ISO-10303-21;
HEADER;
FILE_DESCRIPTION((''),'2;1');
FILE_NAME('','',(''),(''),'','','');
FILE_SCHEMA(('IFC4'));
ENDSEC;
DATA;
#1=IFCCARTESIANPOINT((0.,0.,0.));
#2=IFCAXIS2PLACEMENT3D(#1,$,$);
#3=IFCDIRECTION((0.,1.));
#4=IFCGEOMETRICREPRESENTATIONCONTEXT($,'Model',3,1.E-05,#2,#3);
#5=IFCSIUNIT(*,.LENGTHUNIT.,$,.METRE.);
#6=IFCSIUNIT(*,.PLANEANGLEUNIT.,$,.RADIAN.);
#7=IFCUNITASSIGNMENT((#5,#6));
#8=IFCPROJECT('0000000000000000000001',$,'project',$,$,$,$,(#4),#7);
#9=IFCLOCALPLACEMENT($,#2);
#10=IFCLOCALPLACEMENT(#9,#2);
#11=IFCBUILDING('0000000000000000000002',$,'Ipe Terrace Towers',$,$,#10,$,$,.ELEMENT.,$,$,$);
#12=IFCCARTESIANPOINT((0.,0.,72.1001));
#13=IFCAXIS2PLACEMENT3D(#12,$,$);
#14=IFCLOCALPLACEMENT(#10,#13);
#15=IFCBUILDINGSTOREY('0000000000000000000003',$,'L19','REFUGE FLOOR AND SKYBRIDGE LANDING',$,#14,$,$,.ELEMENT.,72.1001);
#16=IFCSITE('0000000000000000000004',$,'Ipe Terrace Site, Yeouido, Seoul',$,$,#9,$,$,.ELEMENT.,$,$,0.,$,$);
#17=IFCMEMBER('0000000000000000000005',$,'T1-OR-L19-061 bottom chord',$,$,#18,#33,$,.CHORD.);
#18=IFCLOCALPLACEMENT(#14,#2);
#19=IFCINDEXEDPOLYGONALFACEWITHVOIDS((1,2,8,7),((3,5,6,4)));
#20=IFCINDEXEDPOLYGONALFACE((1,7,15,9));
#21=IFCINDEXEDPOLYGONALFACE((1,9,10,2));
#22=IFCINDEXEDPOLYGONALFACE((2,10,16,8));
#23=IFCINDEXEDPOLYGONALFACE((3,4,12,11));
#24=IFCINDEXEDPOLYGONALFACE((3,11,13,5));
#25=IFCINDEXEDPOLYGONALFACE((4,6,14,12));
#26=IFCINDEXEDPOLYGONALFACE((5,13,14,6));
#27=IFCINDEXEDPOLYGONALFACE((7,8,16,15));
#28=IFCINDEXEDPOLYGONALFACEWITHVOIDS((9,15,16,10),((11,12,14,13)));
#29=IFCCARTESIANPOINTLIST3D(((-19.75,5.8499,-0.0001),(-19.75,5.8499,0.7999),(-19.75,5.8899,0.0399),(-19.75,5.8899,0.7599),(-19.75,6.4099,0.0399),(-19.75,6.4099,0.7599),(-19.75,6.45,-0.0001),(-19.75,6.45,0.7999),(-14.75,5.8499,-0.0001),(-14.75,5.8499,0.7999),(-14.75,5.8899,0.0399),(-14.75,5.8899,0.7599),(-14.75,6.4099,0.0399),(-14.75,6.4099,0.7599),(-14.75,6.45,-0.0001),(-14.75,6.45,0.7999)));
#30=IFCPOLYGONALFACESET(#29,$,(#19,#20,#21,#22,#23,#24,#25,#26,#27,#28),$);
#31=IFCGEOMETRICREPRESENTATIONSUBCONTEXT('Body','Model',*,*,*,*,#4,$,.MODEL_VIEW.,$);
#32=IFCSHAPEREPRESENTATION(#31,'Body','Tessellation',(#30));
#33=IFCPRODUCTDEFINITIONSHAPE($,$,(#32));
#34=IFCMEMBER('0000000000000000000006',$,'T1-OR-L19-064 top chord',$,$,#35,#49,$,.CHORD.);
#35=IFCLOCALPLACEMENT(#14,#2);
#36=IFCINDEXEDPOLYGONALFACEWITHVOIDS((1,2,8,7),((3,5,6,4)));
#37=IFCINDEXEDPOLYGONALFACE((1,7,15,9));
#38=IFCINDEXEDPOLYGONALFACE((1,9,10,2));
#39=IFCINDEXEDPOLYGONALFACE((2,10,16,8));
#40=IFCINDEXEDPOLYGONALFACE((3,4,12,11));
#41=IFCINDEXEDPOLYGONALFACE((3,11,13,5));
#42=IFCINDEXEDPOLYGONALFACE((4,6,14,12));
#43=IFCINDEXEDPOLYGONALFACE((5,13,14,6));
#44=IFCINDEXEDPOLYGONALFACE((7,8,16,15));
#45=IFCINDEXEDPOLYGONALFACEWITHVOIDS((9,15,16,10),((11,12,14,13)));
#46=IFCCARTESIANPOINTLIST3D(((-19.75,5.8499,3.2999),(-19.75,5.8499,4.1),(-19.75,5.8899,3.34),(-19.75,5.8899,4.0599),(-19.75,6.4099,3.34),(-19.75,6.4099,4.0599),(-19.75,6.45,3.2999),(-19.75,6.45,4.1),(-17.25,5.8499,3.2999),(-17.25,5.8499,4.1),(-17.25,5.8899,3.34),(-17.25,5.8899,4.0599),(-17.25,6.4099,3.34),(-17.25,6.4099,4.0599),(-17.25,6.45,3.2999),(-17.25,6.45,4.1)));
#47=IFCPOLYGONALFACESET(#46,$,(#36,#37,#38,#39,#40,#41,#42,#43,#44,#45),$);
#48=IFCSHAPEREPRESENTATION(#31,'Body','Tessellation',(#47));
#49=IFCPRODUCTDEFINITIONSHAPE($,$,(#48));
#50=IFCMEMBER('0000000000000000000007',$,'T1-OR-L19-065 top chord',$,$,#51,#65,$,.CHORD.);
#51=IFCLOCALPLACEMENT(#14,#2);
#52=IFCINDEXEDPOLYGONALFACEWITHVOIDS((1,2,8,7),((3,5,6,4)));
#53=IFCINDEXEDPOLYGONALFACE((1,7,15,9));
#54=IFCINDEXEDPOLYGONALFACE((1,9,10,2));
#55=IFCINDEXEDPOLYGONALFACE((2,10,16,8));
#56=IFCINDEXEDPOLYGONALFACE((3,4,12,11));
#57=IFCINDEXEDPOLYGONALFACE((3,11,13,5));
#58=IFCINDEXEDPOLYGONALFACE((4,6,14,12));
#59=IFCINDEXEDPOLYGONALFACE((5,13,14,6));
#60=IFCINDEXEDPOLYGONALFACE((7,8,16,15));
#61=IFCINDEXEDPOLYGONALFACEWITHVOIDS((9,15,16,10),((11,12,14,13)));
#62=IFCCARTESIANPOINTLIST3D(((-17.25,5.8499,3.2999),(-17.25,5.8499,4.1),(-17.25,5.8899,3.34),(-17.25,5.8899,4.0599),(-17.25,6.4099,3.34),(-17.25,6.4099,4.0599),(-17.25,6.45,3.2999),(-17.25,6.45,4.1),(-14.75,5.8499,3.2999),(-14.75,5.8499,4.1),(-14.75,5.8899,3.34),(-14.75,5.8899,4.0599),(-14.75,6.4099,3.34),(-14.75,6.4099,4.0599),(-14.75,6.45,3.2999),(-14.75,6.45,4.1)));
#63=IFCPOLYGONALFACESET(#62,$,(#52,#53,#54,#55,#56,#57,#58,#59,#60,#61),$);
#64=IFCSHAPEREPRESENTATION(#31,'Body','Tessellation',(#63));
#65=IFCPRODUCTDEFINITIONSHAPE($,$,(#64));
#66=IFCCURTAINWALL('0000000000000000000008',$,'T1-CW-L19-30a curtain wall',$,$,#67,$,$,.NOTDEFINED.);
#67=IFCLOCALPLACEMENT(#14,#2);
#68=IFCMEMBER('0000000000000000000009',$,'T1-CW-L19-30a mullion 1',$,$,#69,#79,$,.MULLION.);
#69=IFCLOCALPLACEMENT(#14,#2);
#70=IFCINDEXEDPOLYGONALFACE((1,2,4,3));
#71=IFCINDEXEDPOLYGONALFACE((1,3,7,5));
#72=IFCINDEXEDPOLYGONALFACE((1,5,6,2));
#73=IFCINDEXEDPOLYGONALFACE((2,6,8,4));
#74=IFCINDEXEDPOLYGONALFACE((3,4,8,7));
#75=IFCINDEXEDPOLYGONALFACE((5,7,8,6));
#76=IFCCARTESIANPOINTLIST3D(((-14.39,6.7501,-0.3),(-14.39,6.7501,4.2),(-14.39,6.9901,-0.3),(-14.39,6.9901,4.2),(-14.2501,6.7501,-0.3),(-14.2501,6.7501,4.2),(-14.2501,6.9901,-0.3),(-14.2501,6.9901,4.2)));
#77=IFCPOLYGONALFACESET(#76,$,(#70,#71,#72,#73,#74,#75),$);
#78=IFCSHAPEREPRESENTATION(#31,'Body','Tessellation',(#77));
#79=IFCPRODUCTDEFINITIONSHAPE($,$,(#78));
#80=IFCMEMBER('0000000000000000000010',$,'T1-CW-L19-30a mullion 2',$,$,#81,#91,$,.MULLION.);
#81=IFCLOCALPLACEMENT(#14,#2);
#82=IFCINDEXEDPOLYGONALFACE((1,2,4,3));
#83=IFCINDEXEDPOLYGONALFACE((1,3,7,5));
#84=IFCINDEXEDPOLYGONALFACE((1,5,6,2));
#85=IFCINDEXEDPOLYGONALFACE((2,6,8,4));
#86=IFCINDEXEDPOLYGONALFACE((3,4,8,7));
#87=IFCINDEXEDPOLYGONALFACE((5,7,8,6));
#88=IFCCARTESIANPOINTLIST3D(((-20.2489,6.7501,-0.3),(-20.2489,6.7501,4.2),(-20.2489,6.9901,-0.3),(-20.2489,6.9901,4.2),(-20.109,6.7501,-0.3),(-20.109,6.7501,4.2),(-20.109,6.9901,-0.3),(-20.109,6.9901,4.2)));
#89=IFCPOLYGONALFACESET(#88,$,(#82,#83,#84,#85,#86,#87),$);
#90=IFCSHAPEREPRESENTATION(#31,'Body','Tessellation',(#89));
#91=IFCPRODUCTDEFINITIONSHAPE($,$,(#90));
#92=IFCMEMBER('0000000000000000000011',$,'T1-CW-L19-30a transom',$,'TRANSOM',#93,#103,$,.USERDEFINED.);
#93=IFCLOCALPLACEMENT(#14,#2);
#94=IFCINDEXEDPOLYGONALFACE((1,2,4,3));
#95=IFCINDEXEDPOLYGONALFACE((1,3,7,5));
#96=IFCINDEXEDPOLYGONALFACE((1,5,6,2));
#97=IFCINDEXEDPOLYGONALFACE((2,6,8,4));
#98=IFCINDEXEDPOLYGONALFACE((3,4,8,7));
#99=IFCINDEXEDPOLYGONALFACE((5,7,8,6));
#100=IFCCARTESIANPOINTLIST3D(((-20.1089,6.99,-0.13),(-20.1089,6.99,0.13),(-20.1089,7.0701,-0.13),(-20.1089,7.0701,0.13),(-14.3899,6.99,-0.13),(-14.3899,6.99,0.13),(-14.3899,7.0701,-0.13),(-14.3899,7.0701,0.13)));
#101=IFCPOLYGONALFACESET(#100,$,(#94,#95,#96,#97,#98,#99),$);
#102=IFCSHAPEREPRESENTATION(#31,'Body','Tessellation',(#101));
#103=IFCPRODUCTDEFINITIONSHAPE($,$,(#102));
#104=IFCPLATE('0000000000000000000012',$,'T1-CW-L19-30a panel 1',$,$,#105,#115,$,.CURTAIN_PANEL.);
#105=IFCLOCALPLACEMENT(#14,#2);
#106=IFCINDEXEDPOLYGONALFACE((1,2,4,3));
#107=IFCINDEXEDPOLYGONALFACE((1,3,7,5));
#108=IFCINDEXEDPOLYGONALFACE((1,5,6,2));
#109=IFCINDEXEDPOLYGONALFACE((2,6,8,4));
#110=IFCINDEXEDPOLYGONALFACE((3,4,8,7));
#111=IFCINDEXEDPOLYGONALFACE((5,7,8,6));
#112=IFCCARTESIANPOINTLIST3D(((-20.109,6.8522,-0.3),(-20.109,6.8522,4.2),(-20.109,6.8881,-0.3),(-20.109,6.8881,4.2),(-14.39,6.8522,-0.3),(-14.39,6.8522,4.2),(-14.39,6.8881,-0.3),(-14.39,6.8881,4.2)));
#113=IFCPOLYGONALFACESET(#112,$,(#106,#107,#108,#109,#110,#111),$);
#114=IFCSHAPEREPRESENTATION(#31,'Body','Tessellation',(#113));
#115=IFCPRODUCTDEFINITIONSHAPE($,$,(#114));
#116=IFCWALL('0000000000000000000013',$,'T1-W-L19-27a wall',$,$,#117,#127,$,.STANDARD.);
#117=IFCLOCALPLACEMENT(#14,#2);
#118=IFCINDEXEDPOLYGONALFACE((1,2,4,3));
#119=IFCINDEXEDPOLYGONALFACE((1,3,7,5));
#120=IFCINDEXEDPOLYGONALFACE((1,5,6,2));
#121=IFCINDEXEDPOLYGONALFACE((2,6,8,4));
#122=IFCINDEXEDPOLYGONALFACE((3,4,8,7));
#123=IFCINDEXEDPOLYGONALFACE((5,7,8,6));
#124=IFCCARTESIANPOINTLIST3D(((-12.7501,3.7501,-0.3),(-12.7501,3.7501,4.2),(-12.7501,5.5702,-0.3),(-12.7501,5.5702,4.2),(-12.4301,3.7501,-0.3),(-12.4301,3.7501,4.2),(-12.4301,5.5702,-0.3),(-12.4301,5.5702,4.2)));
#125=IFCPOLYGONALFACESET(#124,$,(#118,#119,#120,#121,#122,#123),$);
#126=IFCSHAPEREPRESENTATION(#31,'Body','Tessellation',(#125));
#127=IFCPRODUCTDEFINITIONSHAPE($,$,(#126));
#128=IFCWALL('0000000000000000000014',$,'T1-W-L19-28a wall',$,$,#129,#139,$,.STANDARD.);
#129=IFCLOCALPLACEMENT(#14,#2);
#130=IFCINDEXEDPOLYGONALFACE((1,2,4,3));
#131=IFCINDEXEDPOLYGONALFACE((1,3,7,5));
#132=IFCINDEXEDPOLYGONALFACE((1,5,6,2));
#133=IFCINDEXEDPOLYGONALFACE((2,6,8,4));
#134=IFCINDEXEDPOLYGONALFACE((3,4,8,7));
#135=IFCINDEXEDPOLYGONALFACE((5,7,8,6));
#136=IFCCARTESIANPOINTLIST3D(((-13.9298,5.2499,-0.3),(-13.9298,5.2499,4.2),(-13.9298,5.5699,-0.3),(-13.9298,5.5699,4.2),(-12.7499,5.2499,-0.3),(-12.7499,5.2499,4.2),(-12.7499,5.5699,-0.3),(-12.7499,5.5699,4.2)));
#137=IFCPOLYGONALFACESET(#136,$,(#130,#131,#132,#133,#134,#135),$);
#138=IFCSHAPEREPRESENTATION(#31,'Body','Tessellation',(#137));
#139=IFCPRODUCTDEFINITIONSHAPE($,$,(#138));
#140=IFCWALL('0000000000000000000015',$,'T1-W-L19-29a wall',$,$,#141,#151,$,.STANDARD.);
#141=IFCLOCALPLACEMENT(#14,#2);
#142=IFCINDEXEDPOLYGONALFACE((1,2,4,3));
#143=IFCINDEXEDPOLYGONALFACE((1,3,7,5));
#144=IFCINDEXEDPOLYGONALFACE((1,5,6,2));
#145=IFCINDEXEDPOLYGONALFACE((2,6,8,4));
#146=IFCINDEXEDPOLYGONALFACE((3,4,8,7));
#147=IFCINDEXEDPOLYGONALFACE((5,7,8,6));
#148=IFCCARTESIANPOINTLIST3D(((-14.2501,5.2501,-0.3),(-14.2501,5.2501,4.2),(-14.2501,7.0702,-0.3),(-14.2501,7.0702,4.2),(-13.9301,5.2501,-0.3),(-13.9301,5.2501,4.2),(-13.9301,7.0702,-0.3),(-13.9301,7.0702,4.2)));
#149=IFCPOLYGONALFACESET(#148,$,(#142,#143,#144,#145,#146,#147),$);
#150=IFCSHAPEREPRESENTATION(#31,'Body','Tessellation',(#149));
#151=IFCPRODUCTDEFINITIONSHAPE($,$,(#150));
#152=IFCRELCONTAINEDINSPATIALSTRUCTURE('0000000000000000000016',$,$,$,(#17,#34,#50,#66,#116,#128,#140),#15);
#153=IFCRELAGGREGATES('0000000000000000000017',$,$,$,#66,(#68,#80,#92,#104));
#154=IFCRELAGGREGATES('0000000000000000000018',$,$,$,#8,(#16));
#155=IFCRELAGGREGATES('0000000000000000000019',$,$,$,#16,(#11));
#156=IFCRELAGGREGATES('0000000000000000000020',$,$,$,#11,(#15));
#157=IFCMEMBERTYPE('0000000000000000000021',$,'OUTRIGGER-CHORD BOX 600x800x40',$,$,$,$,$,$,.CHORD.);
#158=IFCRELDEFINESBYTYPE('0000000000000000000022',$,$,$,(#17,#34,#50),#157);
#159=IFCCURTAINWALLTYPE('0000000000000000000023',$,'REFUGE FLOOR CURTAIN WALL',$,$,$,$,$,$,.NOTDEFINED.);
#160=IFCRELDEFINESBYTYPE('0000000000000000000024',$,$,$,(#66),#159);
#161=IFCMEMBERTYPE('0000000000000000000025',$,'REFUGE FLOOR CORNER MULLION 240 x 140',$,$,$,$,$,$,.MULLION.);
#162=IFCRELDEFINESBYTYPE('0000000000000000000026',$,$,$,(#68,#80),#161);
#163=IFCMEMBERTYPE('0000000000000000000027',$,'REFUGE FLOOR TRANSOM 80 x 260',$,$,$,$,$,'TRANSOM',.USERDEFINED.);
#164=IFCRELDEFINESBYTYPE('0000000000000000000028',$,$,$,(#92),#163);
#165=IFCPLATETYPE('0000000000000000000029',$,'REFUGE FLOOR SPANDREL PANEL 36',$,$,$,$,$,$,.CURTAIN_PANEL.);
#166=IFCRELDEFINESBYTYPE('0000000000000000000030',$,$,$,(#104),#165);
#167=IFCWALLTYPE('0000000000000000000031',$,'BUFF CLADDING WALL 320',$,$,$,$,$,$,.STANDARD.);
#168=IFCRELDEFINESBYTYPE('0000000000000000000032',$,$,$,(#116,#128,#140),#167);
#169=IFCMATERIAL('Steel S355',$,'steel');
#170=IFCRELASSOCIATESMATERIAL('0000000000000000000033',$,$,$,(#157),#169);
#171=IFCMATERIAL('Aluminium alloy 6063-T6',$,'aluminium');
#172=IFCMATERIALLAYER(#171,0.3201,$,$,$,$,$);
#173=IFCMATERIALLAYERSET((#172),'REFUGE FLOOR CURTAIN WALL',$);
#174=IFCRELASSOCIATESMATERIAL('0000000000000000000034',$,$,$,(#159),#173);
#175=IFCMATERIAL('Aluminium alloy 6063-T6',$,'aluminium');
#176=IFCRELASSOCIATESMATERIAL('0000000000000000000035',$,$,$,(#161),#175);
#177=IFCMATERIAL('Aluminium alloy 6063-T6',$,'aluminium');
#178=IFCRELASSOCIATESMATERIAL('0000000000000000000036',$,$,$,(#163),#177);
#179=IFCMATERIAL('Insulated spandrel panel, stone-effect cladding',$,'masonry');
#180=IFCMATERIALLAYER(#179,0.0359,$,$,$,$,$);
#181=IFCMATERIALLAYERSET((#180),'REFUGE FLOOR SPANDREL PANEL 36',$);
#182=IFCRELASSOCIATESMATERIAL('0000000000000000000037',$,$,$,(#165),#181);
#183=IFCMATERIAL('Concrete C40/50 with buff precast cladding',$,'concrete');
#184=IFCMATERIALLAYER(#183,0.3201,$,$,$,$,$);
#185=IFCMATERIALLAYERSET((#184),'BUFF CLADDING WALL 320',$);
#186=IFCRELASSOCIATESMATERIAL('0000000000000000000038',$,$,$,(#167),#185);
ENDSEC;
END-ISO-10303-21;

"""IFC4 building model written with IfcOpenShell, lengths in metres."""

from ifc_helpers import new_model, si_unit, direction, frame, frame_2d, origin, origin_2d, place, context, subcontext, project, spatial, rectangle, hollow_rectangle, extrude, material, layer, layer_set, material_profile, profile_set, type_object, element, aggregate, save


model = new_model("IFC4")

# Units and contexts
model_context = context("Model", 3, precision=1e-05, world=origin(), true_north=direction((0.0, 1.0)))
body_context = subcontext(model_context, "Body", "Model", "MODEL_VIEW")
ifc_project = project(units=[si_unit("LENGTHUNIT", "METRE"), si_unit("PLANEANGLEUNIT", "RADIAN")], contexts=[model_context])

# Site, building, storey
site_placement = place(None, origin())
site = spatial("IfcSite", under=ifc_project, at=site_placement, Name="Ipe Terrace Site, Yeouido, Seoul", CompositionType="ELEMENT", RefElevation=0.0)
building_placement = place(site_placement, origin())
building = spatial("IfcBuilding", under=site, at=building_placement, Name="Ipe Terrace Towers", CompositionType="ELEMENT")
storey_placement = place(building_placement, frame((0.0, 0.0, 72.1001)))
storey = spatial("IfcBuildingStorey", under=building, at=storey_placement, Name="L19", Description="REFUGE FLOOR AND SKYBRIDGE LANDING", CompositionType="ELEMENT", Elevation=72.1001)

# Members
ifc_material_1 = material(Name="Steel S355", Category="steel")
ifc_material_profile_1 = material_profile(ifc_material_1, hollow_rectangle(XDim=0.6001, YDim=0.8, WallThickness=0.04, at=origin_2d()), Name="OUTRIGGER-CHORD BOX 600x800x40")
ifc_profile_set_1 = profile_set([ifc_material_profile_1], Name="Steel S355")
member_type_1 = type_object("IfcMemberType", Name="OUTRIGGER-CHORD BOX 600x800x40", PredefinedType="CHORD", material=ifc_profile_set_1)
member_1_placement = place(storey_placement, frame((-19.75, 6.1499, 0.3999), z_axis=(1.0, 0.0, 0.0), x_axis=(0.0, 1.0, 0.0)))
element("IfcMember", 1, at=member_1_placement, inside=storey, type_object=member_type_1, Name="T1-OR-L19-061 bottom chord", PredefinedType="CHORD", context=body_context, shape_type="SweptSolid", body=[
    extrude(hollow_rectangle(XDim=0.6001, YDim=0.8, WallThickness=0.04, at=origin_2d()), origin(), (0.0, 0.0, 1.0), 5.0),
])
for number, where, z_axis, x_axis, name in (
    (2, (-19.75, 6.1499, 3.7), (1.0, 0.0, 0.0), (0.0, 1.0, 0.0), "T1-OR-L19-064 top chord"),
    (3, (-17.25, 6.1499, 3.7), (1.0, 0.0, 0.0), (0.0, 1.0, 0.0), "T1-OR-L19-065 top chord"),
):
    element("IfcMember", number, at=place(storey_placement, frame(where, z_axis=z_axis, x_axis=x_axis)), inside=storey, type_object=member_type_1, Name=name, PredefinedType="CHORD", context=body_context, shape_type="SweptSolid", body=[
        extrude(hollow_rectangle(XDim=0.6001, YDim=0.8, WallThickness=0.04, at=origin_2d()), origin(), (0.0, 0.0, 1.0), 2.5),
    ])

# Curtain wall, members, plate
ifc_material_2 = material(Name="Aluminium alloy 6063-T6", Category="aluminium")
ifc_layer_1 = layer(ifc_material_2, 0.3201)
ifc_layer_set_1 = layer_set([ifc_layer_1], Name="REFUGE FLOOR CURTAIN WALL")
curtain_wall_type = type_object("IfcCurtainWallType", Name="REFUGE FLOOR CURTAIN WALL", PredefinedType="NOTDEFINED", material=ifc_layer_set_1)
curtain_wall_placement = place(storey_placement, origin())
curtain_wall = element("IfcCurtainWall", 4, at=curtain_wall_placement, inside=storey, type_object=curtain_wall_type, Name="T1-CW-L19-30a curtain wall", PredefinedType="NOTDEFINED")
ifc_material_3 = material(Name="Aluminium alloy 6063-T6", Category="aluminium")
ifc_material_profile_2 = material_profile(ifc_material_3, rectangle(XDim=0.24, YDim=0.1399, at=origin_2d()), Name="REFUGE FLOOR CORNER MULLION 240 x 140")
ifc_profile_set_2 = profile_set([ifc_material_profile_2], Name="Aluminium alloy 6063-T6")
member_type_2 = type_object("IfcMemberType", Name="REFUGE FLOOR CORNER MULLION 240 x 140", PredefinedType="MULLION", material=ifc_profile_set_2)
member_2_placement = place(storey_placement, frame((-14.3201, 6.8701, -0.3), z_axis=(0.0, 0.0, 1.0), x_axis=(0.0, 1.0, 0.0)))
member_2 = element("IfcMember", 5, at=member_2_placement, type_object=member_type_2, Name="T1-CW-L19-30a mullion 1", PredefinedType="MULLION", context=body_context, shape_type="SweptSolid", body=[
    extrude(rectangle(XDim=0.24, YDim=0.1399, at=origin_2d()), origin(), (0.0, 0.0, 1.0), 4.5),
])
member_3_placement = place(storey_placement, frame((-20.179, 6.8701, -0.3), z_axis=(0.0, 0.0, 1.0), x_axis=(0.0, 1.0, 0.0)))
member_3 = element("IfcMember", 6, at=member_3_placement, type_object=member_type_2, Name="T1-CW-L19-30a mullion 2", PredefinedType="MULLION", context=body_context, shape_type="SweptSolid", body=[
    extrude(rectangle(XDim=0.24, YDim=0.1399, at=origin_2d()), origin(), (0.0, 0.0, 1.0), 4.5),
])
ifc_material_4 = material(Name="Aluminium alloy 6063-T6", Category="aluminium")
ifc_material_profile_3 = material_profile(ifc_material_4, rectangle(XDim=0.0801, YDim=0.26, at=origin_2d()), Name="REFUGE FLOOR TRANSOM 80 x 260")
ifc_profile_set_3 = profile_set([ifc_material_profile_3], Name="Aluminium alloy 6063-T6")
member_type_3 = type_object("IfcMemberType", Name="REFUGE FLOOR TRANSOM 80 x 260", ElementType="TRANSOM", PredefinedType="USERDEFINED", material=ifc_profile_set_3)
member_4_placement = place(storey_placement, frame((-14.3899, 7.03, 0.0), z_axis=(-1.0, 0.0, 0.0), x_axis=(0.0, 1.0, 0.0)))
member_4 = element("IfcMember", 7, at=member_4_placement, type_object=member_type_3, Name="T1-CW-L19-30a transom", ObjectType="TRANSOM", PredefinedType="USERDEFINED", context=body_context, shape_type="SweptSolid", body=[
    extrude(rectangle(XDim=0.0801, YDim=0.26, at=origin_2d()), origin(), (0.0, 0.0, 1.0), 5.719),
])
ifc_material_5 = material(Name="Insulated spandrel panel, stone-effect cladding", Category="masonry")
ifc_layer_2 = layer(ifc_material_5, 0.0359)
ifc_layer_set_2 = layer_set([ifc_layer_2], Name="REFUGE FLOOR SPANDREL PANEL 36")
plate_type = type_object("IfcPlateType", Name="REFUGE FLOOR SPANDREL PANEL 36", PredefinedType="CURTAIN_PANEL", material=ifc_layer_set_2)
plate_placement = place(storey_placement, frame((-17.2495, 6.8701, -0.3), z_axis=(0.0, 0.0, 1.0), x_axis=(-1.0, 0.0, 0.0)))
plate = element("IfcPlate", 8, at=plate_placement, type_object=plate_type, Name="T1-CW-L19-30a panel 1", PredefinedType="CURTAIN_PANEL", context=body_context, shape_type="SweptSolid", body=[
    extrude(rectangle(XDim=5.719, YDim=0.0359, at=origin_2d()), origin(), (0.0, 0.0, 1.0), 4.5),
])
aggregate(curtain_wall, [member_2, member_3, member_4, plate])

# Walls
ifc_material_6 = material(Name="Concrete C40/50 with buff precast cladding", Category="concrete")
ifc_layer_3 = layer(ifc_material_6, 0.3201)
ifc_layer_set_3 = layer_set([ifc_layer_3], Name="BUFF CLADDING WALL 320")
wall_type_1 = type_object("IfcWallType", Name="BUFF CLADDING WALL 320", PredefinedType="STANDARD", material=ifc_layer_set_3)
wall_1_placement = place(storey_placement, frame((-12.5901, 3.75, -0.3), z_axis=(0.0, 0.0, 1.0), x_axis=(0.0, 1.0, 0.0)))
element("IfcWall", 9, at=wall_1_placement, inside=storey, type_object=wall_type_1, Name="T1-W-L19-27a wall", PredefinedType="STANDARD", context=body_context, shape_type="SweptSolid", body=[
    extrude(rectangle(XDim=1.8201, YDim=0.3201, at=frame_2d((0.9102, 0.0))), origin(), (0.0, 0.0, 1.0), 4.5),
])
wall_2_placement = place(storey_placement, frame((-12.75, 5.4099, -0.3), z_axis=(0.0, 0.0, 1.0), x_axis=(-1.0, 0.0, 0.0)))
element("IfcWall", 10, at=wall_2_placement, inside=storey, type_object=wall_type_1, Name="T1-W-L19-28a wall", PredefinedType="STANDARD", context=body_context, shape_type="SweptSolid", body=[
    extrude(rectangle(XDim=1.1799, YDim=0.3201, at=frame_2d((0.5898, 0.0))), origin(), (0.0, 0.0, 1.0), 4.5),
])
wall_3_placement = place(storey_placement, frame((-14.0901, 5.25, -0.3), z_axis=(0.0, 0.0, 1.0), x_axis=(0.0, 1.0, 0.0)))
element("IfcWall", 11, at=wall_3_placement, inside=storey, type_object=wall_type_1, Name="T1-W-L19-29a wall", PredefinedType="STANDARD", context=body_context, shape_type="SweptSolid", body=[
    extrude(rectangle(XDim=1.8201, YDim=0.3201, at=frame_2d((0.9102, 0.0))), origin(), (0.0, 0.0, 1.0), 4.5),
])

save(model, "model.ifc")
